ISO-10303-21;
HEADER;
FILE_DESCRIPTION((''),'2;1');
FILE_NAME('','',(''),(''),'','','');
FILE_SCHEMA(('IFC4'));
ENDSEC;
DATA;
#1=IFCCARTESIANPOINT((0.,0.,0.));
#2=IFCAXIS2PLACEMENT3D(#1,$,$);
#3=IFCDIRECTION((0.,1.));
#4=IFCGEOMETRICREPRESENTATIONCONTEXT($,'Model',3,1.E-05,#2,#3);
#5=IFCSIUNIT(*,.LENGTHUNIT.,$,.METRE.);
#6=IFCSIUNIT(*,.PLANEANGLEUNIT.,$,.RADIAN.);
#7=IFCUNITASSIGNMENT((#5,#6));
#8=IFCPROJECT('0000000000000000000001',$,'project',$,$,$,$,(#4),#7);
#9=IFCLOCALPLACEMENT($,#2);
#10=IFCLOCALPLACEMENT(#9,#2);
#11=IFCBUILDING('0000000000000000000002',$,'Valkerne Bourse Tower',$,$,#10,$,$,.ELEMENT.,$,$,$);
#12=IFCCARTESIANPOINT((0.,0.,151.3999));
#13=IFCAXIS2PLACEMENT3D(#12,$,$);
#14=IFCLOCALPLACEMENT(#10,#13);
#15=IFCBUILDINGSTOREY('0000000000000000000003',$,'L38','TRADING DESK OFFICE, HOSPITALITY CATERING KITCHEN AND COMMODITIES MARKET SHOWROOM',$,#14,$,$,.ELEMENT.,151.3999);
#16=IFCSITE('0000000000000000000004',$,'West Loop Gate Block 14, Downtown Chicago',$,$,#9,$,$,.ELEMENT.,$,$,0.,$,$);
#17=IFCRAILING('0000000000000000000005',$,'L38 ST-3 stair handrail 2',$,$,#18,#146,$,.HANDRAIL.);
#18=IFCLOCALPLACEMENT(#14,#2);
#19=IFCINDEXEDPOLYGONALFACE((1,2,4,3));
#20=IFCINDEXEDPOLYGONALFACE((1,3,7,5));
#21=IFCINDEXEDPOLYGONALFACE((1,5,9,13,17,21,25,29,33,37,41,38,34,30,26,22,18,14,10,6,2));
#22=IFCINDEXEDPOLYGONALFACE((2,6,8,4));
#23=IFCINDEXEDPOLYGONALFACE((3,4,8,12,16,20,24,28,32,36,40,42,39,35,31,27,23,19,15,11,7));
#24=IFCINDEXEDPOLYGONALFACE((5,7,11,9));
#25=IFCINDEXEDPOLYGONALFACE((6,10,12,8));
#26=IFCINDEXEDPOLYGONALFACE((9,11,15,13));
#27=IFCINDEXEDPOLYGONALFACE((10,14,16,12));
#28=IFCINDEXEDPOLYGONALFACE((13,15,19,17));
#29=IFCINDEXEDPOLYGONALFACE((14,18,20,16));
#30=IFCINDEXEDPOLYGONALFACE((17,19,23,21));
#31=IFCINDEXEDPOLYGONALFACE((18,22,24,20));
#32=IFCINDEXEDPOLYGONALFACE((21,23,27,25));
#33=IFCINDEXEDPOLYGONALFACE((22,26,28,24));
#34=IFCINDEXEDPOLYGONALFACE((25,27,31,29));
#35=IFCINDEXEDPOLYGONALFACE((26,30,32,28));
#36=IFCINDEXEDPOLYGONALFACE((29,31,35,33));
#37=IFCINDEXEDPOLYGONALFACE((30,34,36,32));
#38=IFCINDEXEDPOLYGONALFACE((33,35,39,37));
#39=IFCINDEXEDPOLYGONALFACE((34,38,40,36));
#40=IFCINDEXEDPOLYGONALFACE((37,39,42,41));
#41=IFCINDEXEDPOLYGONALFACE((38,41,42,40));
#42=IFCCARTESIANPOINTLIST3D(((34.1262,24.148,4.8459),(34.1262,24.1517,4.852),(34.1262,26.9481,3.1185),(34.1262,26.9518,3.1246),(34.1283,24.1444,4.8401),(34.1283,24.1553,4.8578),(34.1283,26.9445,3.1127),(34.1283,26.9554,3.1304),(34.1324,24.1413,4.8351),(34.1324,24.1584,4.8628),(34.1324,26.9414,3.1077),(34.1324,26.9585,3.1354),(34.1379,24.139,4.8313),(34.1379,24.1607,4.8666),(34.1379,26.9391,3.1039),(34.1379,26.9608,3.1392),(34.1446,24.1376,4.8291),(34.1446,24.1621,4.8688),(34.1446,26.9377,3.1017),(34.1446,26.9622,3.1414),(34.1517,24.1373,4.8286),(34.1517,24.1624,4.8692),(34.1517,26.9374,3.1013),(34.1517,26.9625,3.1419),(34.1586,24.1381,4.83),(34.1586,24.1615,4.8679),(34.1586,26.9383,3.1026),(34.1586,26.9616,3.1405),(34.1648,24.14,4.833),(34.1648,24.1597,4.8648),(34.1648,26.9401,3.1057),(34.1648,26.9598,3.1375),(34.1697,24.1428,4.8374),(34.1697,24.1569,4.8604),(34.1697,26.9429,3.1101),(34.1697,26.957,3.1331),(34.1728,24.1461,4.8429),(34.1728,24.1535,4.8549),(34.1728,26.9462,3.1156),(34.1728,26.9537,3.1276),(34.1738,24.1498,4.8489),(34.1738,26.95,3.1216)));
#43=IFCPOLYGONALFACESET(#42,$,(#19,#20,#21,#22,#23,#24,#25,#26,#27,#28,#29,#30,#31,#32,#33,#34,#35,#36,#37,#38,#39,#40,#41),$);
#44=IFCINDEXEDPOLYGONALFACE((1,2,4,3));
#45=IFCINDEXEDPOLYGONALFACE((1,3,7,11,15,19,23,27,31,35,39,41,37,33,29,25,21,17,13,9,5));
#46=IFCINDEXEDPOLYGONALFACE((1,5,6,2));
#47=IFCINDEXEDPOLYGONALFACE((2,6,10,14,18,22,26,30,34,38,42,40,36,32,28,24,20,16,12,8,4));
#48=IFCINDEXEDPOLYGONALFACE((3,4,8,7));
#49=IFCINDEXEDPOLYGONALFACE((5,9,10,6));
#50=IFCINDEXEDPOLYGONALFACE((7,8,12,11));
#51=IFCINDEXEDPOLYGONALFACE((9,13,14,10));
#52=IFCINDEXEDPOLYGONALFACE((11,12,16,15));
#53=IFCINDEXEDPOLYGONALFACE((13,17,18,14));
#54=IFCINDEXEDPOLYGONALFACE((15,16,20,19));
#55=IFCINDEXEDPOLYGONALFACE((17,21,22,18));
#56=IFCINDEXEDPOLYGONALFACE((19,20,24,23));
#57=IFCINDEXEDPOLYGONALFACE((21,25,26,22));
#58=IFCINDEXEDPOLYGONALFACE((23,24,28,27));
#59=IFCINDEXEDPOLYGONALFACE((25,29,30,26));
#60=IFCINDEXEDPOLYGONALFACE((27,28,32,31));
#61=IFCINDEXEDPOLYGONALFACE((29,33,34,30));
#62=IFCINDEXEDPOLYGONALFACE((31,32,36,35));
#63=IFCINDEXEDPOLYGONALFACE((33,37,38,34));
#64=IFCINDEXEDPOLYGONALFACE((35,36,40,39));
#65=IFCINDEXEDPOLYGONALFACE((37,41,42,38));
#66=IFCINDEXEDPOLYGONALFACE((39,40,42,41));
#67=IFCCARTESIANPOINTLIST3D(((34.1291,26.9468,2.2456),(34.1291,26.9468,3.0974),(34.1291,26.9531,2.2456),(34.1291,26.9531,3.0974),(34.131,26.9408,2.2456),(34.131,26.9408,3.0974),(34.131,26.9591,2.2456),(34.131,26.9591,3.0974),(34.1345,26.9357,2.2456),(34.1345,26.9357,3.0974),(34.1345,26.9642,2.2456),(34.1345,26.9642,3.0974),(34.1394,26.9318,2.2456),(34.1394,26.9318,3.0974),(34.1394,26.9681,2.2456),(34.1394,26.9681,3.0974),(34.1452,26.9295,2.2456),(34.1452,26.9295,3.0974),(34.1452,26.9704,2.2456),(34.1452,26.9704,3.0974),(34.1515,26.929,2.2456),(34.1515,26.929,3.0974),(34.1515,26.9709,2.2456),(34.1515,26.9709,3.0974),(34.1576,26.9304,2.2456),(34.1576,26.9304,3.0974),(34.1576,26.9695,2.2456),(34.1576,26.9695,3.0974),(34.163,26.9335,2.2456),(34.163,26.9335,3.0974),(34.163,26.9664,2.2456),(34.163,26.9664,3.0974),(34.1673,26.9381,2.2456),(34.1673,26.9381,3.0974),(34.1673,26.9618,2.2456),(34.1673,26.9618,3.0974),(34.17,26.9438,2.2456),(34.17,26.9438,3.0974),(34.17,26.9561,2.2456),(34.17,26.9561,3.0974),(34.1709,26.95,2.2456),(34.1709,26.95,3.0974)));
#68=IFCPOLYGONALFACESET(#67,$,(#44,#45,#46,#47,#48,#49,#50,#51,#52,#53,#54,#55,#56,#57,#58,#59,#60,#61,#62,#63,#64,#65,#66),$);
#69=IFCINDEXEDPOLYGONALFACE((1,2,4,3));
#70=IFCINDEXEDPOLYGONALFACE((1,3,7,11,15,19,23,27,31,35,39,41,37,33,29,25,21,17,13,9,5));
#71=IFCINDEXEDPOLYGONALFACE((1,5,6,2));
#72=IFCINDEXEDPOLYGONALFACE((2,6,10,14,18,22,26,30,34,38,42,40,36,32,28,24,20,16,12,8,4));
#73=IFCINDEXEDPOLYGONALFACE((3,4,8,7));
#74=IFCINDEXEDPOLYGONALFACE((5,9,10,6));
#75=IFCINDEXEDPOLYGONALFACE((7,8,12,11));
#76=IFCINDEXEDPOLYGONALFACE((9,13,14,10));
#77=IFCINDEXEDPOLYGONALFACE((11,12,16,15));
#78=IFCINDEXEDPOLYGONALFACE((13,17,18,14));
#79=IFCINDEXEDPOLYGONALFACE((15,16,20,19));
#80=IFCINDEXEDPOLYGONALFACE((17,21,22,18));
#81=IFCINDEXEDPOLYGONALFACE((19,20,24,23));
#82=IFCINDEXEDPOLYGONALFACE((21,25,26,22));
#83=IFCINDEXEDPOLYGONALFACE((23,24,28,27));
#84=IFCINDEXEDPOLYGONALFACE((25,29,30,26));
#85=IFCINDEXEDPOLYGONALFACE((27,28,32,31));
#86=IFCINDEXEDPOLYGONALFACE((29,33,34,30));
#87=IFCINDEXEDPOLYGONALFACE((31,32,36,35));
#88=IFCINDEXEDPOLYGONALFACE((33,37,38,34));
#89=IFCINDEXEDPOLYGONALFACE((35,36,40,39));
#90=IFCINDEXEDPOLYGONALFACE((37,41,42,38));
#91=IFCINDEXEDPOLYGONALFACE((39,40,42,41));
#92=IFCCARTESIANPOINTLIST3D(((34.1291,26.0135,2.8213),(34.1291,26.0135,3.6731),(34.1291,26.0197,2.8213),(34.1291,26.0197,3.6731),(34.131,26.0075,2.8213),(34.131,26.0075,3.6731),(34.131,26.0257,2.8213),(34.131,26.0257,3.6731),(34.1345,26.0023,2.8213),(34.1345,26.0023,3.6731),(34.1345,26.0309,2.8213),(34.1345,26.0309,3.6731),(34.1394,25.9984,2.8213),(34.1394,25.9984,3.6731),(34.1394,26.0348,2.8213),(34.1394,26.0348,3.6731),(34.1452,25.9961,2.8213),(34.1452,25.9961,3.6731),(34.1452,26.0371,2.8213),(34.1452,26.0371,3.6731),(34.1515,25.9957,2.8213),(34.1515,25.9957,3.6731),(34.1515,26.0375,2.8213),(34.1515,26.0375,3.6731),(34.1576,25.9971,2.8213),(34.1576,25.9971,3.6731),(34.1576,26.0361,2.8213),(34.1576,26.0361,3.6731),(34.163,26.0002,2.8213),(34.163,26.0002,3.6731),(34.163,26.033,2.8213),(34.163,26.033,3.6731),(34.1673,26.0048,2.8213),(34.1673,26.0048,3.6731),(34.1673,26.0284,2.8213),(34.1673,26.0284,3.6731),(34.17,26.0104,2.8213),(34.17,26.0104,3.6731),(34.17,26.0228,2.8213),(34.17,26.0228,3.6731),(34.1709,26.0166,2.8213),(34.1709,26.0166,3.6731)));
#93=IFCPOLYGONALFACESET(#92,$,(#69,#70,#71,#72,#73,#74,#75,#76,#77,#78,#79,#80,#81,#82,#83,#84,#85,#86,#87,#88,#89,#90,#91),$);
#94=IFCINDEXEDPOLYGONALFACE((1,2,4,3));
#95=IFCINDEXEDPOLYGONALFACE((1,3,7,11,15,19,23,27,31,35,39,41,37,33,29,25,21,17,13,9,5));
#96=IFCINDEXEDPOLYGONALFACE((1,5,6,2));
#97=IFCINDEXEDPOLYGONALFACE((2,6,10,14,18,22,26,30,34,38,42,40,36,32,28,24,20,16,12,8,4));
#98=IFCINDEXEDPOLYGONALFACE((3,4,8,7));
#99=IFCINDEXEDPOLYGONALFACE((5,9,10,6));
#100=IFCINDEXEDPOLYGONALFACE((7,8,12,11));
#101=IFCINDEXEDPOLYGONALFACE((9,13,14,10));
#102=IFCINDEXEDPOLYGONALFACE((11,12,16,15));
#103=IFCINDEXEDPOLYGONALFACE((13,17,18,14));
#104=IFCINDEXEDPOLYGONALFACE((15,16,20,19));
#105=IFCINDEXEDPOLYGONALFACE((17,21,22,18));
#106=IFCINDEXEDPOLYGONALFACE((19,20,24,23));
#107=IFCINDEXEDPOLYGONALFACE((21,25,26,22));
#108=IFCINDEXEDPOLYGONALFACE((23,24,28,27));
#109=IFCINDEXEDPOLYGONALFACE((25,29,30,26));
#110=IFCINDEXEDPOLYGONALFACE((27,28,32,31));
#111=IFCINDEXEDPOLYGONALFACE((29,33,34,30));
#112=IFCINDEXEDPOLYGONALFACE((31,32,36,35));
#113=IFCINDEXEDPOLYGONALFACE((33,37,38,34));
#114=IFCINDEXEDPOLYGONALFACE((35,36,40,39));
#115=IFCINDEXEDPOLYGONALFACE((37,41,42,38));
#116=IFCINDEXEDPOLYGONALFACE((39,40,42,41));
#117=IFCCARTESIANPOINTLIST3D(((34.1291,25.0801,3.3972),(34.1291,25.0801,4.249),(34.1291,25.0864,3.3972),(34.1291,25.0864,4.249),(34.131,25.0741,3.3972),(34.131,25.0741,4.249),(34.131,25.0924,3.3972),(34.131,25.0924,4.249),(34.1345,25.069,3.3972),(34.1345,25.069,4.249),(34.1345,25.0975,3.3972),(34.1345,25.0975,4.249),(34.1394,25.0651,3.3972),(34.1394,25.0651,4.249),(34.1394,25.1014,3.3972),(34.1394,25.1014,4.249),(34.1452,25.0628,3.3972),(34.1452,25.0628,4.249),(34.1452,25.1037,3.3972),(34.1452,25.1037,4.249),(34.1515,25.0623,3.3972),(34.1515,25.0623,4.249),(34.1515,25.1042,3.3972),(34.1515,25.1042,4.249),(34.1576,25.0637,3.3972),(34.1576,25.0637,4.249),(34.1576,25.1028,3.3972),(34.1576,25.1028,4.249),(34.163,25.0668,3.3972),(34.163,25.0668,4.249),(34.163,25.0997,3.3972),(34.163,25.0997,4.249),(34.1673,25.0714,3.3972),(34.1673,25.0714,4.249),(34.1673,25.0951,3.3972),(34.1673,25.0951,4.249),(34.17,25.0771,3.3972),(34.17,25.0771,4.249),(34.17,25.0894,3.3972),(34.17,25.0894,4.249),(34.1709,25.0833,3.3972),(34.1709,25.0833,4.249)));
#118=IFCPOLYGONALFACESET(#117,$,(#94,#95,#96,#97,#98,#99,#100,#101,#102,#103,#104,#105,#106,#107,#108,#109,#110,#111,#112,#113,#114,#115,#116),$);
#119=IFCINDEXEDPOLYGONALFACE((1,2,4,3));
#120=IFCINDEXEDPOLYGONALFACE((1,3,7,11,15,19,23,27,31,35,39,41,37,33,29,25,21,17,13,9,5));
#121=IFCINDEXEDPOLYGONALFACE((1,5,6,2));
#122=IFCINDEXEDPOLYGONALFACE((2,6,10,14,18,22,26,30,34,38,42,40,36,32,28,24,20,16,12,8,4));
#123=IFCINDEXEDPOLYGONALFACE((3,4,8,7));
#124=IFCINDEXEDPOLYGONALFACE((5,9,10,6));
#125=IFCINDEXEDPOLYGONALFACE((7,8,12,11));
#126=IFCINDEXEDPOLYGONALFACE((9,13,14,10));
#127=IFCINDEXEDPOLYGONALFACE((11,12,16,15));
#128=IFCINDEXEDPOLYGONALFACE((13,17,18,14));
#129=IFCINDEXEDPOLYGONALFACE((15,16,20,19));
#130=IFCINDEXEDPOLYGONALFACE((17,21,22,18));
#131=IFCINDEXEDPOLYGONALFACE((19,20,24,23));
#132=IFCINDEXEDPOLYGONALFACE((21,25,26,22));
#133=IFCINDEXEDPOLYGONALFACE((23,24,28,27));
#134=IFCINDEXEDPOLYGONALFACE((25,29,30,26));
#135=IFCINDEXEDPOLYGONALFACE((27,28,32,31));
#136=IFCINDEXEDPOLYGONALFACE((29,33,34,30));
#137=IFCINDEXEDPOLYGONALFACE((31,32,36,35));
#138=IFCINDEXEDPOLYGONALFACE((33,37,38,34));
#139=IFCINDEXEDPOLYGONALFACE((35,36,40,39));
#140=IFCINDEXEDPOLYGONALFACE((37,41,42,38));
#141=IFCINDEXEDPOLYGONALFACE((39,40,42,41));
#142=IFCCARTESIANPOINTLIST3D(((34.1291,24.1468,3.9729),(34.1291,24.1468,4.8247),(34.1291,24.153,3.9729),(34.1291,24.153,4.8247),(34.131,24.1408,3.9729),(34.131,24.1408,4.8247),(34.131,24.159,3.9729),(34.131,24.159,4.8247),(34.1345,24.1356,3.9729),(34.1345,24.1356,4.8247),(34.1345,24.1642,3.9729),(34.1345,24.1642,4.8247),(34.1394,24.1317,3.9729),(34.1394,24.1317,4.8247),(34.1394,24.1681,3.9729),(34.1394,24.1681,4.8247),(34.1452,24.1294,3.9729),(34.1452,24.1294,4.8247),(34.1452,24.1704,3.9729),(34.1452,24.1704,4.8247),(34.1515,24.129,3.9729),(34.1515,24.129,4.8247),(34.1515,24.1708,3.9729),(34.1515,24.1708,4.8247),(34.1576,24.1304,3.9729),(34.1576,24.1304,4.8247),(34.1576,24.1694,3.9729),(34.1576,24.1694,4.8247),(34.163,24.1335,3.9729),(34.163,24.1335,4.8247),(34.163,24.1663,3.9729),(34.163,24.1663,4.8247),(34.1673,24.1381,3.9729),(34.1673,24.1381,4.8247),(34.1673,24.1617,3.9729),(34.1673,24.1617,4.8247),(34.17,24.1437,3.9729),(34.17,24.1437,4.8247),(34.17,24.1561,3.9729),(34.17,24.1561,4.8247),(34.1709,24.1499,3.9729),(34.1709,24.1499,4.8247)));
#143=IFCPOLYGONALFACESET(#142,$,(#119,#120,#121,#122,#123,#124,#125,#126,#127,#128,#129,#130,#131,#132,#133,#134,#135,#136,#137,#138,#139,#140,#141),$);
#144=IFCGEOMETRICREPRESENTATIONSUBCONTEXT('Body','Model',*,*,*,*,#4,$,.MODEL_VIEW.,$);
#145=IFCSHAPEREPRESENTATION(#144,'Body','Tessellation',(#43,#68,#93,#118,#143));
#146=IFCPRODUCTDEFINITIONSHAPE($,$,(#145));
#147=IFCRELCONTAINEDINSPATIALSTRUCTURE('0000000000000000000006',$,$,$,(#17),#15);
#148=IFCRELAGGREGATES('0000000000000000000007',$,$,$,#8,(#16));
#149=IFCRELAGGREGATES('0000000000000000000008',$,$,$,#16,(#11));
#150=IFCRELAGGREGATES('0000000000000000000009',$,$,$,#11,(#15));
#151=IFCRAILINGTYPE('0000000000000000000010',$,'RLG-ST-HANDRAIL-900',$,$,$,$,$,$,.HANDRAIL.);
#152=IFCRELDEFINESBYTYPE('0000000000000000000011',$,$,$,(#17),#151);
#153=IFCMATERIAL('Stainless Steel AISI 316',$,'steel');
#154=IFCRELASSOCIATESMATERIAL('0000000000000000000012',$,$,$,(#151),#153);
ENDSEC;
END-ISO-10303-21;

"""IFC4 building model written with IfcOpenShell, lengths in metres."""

from ifc_helpers import new_model, si_unit, direction, frame, origin, origin_2d, place, context, subcontext, project, spatial, circle, extrude, material, type_object, element, save


model = new_model("IFC4")

# Units and contexts
model_context = context("Model", 3, precision=1e-05, world=origin(), true_north=direction((0.0, 1.0)))
body_context = subcontext(model_context, "Body", "Model", "MODEL_VIEW")
ifc_project = project(units=[si_unit("LENGTHUNIT", "METRE"), si_unit("PLANEANGLEUNIT", "RADIAN")], contexts=[model_context])

# Site, building, storey
site_placement = place(None, origin())
site = spatial("IfcSite", under=ifc_project, at=site_placement, Name="West Loop Gate Block 14, Downtown Chicago", CompositionType="ELEMENT", RefElevation=0.0)
building_placement = place(site_placement, origin())
building = spatial("IfcBuilding", under=site, at=building_placement, Name="Valkerne Bourse Tower", CompositionType="ELEMENT")
storey_placement = place(building_placement, frame((0.0, 0.0, 151.3999)))
storey = spatial("IfcBuildingStorey", under=building, at=storey_placement, Name="L38", Description="TRADING DESK OFFICE, HOSPITALITY CATERING KITCHEN AND COMMODITIES MARKET SHOWROOM", CompositionType="ELEMENT", Elevation=151.3999)

# Railing
ifc_material_1 = material(Name="Stainless Steel AISI 316", Category="steel")
railing_type_1 = type_object("IfcRailingType", Name="RLG-ST-HANDRAIL-900", PredefinedType="HANDRAIL", material=ifc_material_1)
railing_1_placement = place(storey_placement, frame((34.1499, 26.95, 2.2456)))
element("IfcRailing", 1, at=railing_1_placement, inside=storey, type_object=railing_type_1, Name="L38 ST-3 stair handrail 2", PredefinedType="HANDRAIL", context=body_context, shape_type="SweptSolid", body=[
    extrude(circle(Radius=0.0239, at=origin_2d()), frame((0.0, 0.0, 0.876), z_axis=(0.0, -0.85109, 0.52502), x_axis=(1.0, 0.0, 0.0)), (0.0, 0.0, 1.0), 3.29),
    extrude(circle(Radius=0.021, at=origin_2d()), origin(), (0.0, 0.0, 1.0), 0.8518),
    extrude(circle(Radius=0.021, at=origin_2d()), frame((0.0, -0.9333, 0.5757)), (0.0, 0.0, 1.0), 0.8518),
    extrude(circle(Radius=0.021, at=origin_2d()), frame((0.0, -1.8667, 1.1516)), (0.0, 0.0, 1.0), 0.8518),
    extrude(circle(Radius=0.021, at=origin_2d()), frame((0.0, -2.8, 1.7273)), (0.0, 0.0, 1.0), 0.8518),
])

save(model, "model.ifc")
